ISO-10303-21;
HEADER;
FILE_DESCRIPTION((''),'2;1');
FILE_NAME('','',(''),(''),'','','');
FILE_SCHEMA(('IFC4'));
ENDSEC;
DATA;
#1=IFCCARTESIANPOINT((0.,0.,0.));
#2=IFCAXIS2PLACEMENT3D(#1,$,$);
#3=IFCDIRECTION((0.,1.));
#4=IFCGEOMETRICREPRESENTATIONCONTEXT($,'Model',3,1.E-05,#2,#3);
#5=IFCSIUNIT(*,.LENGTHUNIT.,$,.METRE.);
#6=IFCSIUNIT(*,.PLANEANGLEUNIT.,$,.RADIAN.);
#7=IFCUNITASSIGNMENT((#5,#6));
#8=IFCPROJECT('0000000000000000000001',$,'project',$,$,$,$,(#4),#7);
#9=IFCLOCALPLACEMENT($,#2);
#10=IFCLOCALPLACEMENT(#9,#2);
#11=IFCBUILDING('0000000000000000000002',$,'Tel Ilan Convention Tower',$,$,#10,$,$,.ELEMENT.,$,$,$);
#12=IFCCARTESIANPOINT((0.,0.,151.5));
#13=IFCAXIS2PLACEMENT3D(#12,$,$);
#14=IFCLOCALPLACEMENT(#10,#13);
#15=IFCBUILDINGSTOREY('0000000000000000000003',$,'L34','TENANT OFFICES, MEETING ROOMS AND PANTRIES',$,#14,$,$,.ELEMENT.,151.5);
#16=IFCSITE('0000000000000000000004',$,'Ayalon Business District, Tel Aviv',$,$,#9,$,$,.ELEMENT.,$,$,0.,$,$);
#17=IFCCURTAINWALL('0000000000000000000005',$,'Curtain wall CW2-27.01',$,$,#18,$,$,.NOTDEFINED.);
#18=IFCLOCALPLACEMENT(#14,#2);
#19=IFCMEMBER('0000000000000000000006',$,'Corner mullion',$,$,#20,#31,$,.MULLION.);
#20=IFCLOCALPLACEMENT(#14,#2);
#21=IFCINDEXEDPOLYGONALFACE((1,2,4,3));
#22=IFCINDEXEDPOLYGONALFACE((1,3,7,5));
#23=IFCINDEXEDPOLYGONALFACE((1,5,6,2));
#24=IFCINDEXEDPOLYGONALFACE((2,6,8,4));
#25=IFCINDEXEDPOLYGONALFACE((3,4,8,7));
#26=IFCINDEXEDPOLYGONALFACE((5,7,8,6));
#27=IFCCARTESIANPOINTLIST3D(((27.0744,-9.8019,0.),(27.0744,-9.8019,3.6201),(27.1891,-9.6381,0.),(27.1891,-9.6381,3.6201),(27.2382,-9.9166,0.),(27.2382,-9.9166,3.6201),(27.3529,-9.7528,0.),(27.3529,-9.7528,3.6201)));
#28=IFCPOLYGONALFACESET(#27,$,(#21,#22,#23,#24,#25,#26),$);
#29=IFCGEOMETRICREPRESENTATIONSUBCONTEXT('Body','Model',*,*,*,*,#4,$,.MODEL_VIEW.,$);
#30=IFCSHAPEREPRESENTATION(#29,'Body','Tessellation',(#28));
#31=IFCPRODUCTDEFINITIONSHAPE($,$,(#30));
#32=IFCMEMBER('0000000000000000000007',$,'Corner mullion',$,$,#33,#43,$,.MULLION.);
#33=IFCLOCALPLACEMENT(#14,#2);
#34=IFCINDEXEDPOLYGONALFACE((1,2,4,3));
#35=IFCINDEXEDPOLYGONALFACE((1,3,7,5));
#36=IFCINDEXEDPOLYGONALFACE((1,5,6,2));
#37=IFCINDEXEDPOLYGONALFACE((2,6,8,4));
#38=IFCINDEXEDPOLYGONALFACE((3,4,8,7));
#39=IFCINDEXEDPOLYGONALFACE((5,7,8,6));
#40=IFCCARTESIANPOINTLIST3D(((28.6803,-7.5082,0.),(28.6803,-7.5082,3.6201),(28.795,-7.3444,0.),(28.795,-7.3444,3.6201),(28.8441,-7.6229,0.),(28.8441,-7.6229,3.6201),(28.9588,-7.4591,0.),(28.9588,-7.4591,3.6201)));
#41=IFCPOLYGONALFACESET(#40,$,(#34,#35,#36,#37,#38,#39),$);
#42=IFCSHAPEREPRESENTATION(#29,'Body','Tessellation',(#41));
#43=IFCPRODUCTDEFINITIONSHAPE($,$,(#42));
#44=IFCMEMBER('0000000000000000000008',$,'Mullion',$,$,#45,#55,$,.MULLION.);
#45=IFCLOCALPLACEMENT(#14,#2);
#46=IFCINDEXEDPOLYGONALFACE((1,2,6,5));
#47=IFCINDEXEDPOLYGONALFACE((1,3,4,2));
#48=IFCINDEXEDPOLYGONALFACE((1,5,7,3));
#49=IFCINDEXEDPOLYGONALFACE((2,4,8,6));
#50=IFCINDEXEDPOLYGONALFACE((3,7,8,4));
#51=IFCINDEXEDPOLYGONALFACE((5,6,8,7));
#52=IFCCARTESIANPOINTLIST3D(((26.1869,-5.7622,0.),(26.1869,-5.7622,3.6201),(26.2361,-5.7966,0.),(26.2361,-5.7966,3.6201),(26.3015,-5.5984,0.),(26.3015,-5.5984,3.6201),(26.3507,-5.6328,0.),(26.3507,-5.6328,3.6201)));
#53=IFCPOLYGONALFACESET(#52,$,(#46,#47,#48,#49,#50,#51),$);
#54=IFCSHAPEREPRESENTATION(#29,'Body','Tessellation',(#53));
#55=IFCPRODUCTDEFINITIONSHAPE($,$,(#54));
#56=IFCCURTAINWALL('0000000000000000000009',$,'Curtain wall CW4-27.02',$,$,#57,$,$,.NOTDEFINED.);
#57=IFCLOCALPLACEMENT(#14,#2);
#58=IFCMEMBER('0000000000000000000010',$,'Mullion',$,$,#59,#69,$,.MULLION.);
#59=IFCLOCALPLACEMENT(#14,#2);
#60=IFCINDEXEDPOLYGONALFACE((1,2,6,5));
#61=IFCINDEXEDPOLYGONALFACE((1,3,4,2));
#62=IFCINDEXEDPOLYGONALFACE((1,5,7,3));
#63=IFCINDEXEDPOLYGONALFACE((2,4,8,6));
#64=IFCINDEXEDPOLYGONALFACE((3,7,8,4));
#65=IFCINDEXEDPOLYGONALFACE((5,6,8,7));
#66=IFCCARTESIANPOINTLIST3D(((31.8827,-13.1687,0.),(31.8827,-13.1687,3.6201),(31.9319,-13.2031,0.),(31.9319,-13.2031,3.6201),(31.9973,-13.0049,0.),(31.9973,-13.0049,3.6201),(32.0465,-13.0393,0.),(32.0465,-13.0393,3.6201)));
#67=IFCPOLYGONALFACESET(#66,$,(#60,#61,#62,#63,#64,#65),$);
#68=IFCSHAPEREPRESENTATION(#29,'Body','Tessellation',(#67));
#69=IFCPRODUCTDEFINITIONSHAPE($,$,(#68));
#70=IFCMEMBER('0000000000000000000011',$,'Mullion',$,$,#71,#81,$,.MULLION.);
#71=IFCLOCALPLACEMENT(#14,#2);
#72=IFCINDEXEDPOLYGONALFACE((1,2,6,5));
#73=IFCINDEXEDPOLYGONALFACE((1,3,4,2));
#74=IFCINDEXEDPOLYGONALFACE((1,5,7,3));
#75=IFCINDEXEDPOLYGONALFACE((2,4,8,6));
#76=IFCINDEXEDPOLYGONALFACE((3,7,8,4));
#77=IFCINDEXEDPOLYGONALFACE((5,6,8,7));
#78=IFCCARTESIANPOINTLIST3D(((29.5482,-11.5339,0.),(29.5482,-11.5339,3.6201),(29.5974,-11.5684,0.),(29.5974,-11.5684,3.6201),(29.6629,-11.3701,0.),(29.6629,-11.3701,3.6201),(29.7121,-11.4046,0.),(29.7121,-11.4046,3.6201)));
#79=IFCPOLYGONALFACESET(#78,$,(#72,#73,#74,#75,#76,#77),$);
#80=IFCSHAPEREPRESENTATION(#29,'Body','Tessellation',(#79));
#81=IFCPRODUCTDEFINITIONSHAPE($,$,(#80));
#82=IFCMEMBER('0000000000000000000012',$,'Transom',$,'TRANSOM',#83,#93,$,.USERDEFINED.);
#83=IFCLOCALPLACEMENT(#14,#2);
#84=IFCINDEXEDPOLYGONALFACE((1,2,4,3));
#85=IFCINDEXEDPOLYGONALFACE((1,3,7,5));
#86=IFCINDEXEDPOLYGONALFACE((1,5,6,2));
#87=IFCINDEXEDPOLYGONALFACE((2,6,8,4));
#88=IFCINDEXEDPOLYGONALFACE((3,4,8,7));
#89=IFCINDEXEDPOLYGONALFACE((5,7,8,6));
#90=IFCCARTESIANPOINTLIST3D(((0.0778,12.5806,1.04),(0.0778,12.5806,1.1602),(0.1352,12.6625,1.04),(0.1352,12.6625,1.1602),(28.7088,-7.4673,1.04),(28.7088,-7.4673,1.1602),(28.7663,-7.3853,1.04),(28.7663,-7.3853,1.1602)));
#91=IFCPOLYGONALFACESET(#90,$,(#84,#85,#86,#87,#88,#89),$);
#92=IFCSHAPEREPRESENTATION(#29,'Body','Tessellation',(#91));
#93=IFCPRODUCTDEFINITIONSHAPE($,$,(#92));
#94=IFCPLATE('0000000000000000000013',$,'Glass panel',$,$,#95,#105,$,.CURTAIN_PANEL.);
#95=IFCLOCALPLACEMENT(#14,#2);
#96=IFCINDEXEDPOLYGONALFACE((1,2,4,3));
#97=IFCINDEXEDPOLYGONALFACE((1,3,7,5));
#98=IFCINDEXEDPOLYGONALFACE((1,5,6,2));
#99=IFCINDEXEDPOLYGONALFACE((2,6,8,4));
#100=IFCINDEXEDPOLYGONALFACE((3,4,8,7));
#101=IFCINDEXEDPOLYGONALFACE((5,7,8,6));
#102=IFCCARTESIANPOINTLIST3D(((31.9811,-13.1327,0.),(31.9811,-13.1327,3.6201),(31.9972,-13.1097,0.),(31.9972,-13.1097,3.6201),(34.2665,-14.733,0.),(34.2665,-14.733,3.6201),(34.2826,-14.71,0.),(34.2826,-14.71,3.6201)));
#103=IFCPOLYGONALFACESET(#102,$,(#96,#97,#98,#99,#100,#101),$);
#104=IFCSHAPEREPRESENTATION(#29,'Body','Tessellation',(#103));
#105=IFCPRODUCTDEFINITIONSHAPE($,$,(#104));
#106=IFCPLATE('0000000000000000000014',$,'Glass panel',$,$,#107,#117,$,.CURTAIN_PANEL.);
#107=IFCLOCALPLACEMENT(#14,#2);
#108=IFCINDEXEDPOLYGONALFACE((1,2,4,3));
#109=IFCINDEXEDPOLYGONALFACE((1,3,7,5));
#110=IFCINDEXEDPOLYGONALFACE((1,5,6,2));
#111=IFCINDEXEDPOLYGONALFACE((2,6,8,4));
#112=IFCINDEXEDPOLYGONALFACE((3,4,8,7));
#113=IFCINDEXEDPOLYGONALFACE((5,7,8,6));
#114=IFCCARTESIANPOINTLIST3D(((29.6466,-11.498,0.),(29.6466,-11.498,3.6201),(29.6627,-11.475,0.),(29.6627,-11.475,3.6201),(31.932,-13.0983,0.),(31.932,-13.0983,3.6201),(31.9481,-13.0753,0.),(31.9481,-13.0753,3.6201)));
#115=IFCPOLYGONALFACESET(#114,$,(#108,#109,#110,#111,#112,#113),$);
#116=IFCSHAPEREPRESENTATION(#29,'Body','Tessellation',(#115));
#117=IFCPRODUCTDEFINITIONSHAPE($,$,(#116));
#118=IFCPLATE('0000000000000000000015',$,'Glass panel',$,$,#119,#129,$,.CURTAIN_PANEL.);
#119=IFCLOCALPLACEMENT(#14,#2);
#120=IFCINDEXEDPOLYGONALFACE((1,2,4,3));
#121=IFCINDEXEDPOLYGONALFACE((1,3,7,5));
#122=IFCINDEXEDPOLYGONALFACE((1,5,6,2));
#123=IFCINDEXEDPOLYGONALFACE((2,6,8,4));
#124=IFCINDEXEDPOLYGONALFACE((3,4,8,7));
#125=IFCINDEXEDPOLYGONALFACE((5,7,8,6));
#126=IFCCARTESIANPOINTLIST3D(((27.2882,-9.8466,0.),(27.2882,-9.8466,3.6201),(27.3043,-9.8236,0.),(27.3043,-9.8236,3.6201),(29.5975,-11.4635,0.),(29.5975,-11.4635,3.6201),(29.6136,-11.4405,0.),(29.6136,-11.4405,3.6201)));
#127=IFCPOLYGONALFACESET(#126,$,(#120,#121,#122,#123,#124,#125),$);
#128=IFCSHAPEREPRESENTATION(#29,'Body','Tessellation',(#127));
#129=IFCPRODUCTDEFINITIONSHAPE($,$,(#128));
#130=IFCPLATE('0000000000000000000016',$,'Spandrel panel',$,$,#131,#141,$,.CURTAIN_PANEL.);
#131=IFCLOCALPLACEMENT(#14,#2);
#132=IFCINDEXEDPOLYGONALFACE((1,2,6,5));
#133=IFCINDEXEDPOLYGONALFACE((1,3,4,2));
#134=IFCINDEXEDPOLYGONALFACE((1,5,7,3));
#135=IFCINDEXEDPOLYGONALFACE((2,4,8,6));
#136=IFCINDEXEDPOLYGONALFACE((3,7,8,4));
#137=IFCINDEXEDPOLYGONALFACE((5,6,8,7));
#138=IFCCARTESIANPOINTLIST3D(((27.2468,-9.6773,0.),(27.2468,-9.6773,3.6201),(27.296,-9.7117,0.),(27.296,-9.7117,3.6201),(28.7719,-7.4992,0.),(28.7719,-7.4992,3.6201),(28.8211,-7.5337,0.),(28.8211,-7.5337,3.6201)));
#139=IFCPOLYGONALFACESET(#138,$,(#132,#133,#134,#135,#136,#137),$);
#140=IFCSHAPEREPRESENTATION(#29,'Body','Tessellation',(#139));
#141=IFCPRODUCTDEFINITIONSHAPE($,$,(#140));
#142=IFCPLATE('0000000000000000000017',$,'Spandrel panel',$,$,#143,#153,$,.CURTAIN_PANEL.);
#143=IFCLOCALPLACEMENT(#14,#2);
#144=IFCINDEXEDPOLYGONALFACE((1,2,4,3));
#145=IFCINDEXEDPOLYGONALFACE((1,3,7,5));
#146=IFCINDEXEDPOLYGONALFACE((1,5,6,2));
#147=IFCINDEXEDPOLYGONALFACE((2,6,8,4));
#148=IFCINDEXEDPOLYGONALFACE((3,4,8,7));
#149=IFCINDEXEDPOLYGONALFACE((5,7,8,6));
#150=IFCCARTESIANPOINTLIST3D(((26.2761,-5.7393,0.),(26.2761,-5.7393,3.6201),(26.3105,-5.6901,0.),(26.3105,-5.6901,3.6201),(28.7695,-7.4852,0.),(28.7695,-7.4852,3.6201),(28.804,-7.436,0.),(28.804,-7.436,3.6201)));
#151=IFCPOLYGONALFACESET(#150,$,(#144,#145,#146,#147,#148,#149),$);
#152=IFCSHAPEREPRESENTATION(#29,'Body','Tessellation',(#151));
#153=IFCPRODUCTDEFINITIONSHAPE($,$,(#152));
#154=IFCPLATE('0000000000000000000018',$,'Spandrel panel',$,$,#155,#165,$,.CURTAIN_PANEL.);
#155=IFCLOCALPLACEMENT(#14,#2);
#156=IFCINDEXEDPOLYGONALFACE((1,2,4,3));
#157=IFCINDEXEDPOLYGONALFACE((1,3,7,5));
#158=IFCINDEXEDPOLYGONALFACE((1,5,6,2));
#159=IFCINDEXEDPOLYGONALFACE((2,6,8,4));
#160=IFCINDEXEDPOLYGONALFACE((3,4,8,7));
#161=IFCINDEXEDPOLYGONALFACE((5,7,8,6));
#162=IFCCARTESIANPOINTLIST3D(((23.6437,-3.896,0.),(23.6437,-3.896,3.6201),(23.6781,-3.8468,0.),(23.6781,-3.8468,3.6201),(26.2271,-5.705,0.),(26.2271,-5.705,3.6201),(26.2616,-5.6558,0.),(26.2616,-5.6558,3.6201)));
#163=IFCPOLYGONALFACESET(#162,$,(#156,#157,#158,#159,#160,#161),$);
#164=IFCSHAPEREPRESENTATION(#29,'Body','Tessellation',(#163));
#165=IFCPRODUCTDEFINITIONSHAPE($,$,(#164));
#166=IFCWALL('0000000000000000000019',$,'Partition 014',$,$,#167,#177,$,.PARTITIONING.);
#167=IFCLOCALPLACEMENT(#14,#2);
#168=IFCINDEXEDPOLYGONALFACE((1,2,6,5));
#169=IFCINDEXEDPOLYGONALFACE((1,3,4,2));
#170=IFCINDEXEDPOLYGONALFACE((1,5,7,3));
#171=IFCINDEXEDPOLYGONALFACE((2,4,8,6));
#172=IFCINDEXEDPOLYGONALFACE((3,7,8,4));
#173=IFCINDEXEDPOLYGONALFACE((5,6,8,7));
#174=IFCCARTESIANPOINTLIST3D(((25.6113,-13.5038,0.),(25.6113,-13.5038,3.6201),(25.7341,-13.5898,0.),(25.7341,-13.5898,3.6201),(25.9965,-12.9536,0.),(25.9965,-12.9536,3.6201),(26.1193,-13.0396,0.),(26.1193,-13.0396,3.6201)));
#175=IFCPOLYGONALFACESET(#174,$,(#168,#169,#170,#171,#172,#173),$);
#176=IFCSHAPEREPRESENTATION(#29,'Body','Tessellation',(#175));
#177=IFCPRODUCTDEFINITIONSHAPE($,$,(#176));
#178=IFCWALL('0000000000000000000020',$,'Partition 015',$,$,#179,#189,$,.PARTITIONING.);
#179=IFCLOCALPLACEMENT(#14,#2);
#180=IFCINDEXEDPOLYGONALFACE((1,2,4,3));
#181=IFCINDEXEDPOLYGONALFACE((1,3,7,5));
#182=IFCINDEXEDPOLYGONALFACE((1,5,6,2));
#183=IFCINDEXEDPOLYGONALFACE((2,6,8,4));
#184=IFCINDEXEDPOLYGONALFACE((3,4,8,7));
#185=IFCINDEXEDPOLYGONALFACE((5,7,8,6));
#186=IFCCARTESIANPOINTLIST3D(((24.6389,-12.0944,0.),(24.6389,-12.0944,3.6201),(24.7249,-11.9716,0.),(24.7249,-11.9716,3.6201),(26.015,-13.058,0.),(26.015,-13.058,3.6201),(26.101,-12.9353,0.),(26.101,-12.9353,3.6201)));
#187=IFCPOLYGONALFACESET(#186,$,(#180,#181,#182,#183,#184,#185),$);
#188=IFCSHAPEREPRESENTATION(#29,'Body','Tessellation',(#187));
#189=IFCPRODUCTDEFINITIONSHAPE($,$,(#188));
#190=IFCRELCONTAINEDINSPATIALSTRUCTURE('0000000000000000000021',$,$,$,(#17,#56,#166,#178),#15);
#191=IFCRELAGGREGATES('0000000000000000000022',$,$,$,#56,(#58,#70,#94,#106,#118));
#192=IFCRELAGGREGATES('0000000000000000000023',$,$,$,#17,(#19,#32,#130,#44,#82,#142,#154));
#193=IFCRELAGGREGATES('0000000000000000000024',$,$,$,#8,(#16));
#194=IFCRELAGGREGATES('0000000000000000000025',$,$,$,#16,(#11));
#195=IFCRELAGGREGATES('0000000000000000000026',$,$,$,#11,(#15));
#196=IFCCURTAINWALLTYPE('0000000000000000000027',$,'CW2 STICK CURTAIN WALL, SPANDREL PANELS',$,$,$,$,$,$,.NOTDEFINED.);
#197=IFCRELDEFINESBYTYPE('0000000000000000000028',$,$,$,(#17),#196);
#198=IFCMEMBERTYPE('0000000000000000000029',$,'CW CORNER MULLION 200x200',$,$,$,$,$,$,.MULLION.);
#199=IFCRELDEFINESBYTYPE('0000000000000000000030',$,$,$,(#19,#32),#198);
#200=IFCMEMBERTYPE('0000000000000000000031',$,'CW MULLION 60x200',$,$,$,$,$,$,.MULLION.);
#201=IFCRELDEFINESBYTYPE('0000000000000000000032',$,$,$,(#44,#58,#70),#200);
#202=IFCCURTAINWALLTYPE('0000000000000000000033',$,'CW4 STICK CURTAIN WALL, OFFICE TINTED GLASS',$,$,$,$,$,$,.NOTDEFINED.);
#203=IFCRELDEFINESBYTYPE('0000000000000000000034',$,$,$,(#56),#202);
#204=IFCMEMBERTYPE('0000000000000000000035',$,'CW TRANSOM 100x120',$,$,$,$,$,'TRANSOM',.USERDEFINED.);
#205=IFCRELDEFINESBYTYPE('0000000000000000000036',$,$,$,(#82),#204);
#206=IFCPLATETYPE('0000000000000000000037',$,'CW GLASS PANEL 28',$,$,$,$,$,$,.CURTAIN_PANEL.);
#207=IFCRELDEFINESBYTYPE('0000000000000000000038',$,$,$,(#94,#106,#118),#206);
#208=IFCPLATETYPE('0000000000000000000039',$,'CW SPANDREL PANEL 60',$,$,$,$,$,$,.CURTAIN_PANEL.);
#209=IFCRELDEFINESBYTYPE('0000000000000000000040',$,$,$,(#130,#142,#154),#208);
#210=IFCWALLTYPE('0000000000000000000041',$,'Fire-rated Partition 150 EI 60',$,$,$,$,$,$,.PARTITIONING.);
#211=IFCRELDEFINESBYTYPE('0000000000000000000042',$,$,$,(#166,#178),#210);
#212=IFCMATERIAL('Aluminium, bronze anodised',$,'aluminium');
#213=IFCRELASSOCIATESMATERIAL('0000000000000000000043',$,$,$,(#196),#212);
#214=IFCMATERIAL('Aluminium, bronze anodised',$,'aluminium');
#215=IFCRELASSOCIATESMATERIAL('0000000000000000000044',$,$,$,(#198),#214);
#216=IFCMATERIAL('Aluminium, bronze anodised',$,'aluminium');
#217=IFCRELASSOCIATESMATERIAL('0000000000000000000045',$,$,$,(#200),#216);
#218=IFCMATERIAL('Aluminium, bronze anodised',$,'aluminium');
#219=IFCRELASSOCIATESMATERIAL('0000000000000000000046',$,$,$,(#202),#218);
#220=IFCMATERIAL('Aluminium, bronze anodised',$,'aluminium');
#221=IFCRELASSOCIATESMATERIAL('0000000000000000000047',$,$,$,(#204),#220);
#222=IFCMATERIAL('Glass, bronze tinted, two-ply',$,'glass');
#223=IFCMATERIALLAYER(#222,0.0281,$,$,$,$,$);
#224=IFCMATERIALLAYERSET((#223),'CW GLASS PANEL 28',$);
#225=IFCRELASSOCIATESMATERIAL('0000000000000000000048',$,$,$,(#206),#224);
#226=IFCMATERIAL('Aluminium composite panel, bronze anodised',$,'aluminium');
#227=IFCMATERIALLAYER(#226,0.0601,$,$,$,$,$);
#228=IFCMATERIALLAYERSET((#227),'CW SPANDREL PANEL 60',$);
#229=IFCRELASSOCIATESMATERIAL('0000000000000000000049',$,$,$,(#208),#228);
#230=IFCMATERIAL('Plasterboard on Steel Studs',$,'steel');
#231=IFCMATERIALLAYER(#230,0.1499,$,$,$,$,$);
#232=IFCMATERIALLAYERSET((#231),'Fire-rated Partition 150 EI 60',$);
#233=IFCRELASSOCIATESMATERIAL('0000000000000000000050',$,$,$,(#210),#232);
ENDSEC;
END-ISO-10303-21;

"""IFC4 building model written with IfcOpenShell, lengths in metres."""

from ifc_helpers import new_model, si_unit, direction, frame, frame_2d, origin, origin_2d, place, context, subcontext, project, spatial, rectangle, extrude, material, layer, layer_set, material_profile, profile_set, type_object, element, aggregate, save


model = new_model("IFC4")

# Units and contexts
model_context = context("Model", 3, precision=1e-05, world=origin(), true_north=direction((0.0, 1.0)))
body_context = subcontext(model_context, "Body", "Model", "MODEL_VIEW")
ifc_project = project(units=[si_unit("LENGTHUNIT", "METRE"), si_unit("PLANEANGLEUNIT", "RADIAN")], contexts=[model_context])

# Site, building, storey
site_placement = place(None, origin())
site = spatial("IfcSite", under=ifc_project, at=site_placement, Name="Ayalon Business District, Tel Aviv", CompositionType="ELEMENT", RefElevation=0.0)
building_placement = place(site_placement, origin())
building = spatial("IfcBuilding", under=site, at=building_placement, Name="Tel Ilan Convention Tower", CompositionType="ELEMENT")
storey_placement = place(building_placement, frame((0.0, 0.0, 151.5)))
storey = spatial("IfcBuildingStorey", under=building, at=storey_placement, Name="L34", Description="TENANT OFFICES, MEETING ROOMS AND PANTRIES", CompositionType="ELEMENT", Elevation=151.5)

# Curtain walls, members
ifc_material_1 = material(Name="Aluminium, bronze anodised", Category="aluminium")
curtain_wall_type_1 = type_object("IfcCurtainWallType", Name="CW2 STICK CURTAIN WALL, SPANDREL PANELS", PredefinedType="NOTDEFINED", material=ifc_material_1)
curtain_wall_1_placement = place(storey_placement, origin())
curtain_wall_1 = element("IfcCurtainWall", 1, at=curtain_wall_1_placement, inside=storey, type_object=curtain_wall_type_1, Name="Curtain wall CW2-27.01", PredefinedType="NOTDEFINED")
ifc_material_2 = material(Name="Aluminium, bronze anodised", Category="aluminium")
ifc_material_profile_1 = material_profile(ifc_material_2, rectangle(XDim=0.2, YDim=0.2, at=origin_2d()), Name="CW CORNER MULLION 200x200")
ifc_profile_set_1 = profile_set([ifc_material_profile_1], Name="Aluminium, bronze anodised")
member_type_1 = type_object("IfcMemberType", Name="CW CORNER MULLION 200x200", PredefinedType="MULLION", material=ifc_profile_set_1)
member_1_placement = place(storey_placement, frame((27.2136, -9.7773, 0.0), z_axis=(0.0, 0.0, 1.0), x_axis=(-0.819152, 0.573576, 0.0)))
member_1 = element("IfcMember", 2, at=member_1_placement, type_object=member_type_1, Name="Corner mullion", PredefinedType="MULLION", context=body_context, shape_type="SweptSolid", body=[
    extrude(rectangle(XDim=0.2, YDim=0.2, at=origin_2d()), origin(), (0.0, 0.0, 1.0), 3.6201),
])
member_2_placement = place(storey_placement, frame((28.8196, -7.4836, 0.0), z_axis=(0.0, 0.0, 1.0), x_axis=(0.573576, 0.819152, 0.0)))
member_2 = element("IfcMember", 3, at=member_2_placement, type_object=member_type_1, Name="Corner mullion", PredefinedType="MULLION", context=body_context, shape_type="SweptSolid", body=[
    extrude(rectangle(XDim=0.2, YDim=0.2, at=origin_2d()), origin(), (0.0, 0.0, 1.0), 3.6201),
])
ifc_material_3 = material(Name="Aluminium, bronze anodised", Category="aluminium")
ifc_material_profile_2 = material_profile(ifc_material_3, rectangle(XDim=0.0601, YDim=0.2, at=origin_2d()), Name="CW MULLION 60x200")
ifc_profile_set_2 = profile_set([ifc_material_profile_2], Name="Aluminium, bronze anodised")
member_type_2 = type_object("IfcMemberType", Name="CW MULLION 60x200", PredefinedType="MULLION", material=ifc_profile_set_2)
member_3_placement = place(storey_placement, frame((26.2688, -5.6975, 0.0), z_axis=(0.0, 0.0, 1.0), x_axis=(-0.819152, 0.573576, 0.0)))
member_3 = element("IfcMember", 4, at=member_3_placement, type_object=member_type_2, Name="Mullion", PredefinedType="MULLION", context=body_context, shape_type="SweptSolid", body=[
    extrude(rectangle(XDim=0.0601, YDim=0.2, at=origin_2d()), origin(), (0.0, 0.0, 1.0), 3.6201),
])
ifc_material_4 = material(Name="Aluminium, bronze anodised", Category="aluminium")
curtain_wall_type_2 = type_object("IfcCurtainWallType", Name="CW4 STICK CURTAIN WALL, OFFICE TINTED GLASS", PredefinedType="NOTDEFINED", material=ifc_material_4)
curtain_wall_2_placement = place(storey_placement, origin())
curtain_wall_2 = element("IfcCurtainWall", 5, at=curtain_wall_2_placement, inside=storey, type_object=curtain_wall_type_2, Name="Curtain wall CW4-27.02", PredefinedType="NOTDEFINED")
member_4_placement = place(storey_placement, frame((31.9646, -13.104, 0.0), z_axis=(0.0, 0.0, 1.0), x_axis=(-0.819152, 0.573576, 0.0)))
member_4 = element("IfcMember", 6, at=member_4_placement, type_object=member_type_2, Name="Mullion", PredefinedType="MULLION", context=body_context, shape_type="SweptSolid", body=[
    extrude(rectangle(XDim=0.0601, YDim=0.2, at=origin_2d()), origin(), (0.0, 0.0, 1.0), 3.6201),
])
member_5_placement = place(storey_placement, frame((29.6301, -11.4692, 0.0), z_axis=(0.0, 0.0, 1.0), x_axis=(-0.819152, 0.573576, 0.0)))
member_5 = element("IfcMember", 7, at=member_5_placement, type_object=member_type_2, Name="Mullion", PredefinedType="MULLION", context=body_context, shape_type="SweptSolid", body=[
    extrude(rectangle(XDim=0.0601, YDim=0.2, at=origin_2d()), origin(), (0.0, 0.0, 1.0), 3.6201),
])

# Member
ifc_material_5 = material(Name="Aluminium, bronze anodised", Category="aluminium")
ifc_material_profile_3 = material_profile(ifc_material_5, rectangle(XDim=0.1001, YDim=0.1201, at=origin_2d()), Name="CW TRANSOM 100x120")
ifc_profile_set_3 = profile_set([ifc_material_profile_3], Name="Aluminium, bronze anodised")
member_type_3 = type_object("IfcMemberType", Name="CW TRANSOM 100x120", ElementType="TRANSOM", PredefinedType="USERDEFINED", material=ifc_profile_set_3)
member_6_placement = place(storey_placement, frame((28.7375, -7.4263, 1.1001), z_axis=(-0.81915, 0.573579, 0.0), x_axis=(-0.573579, -0.81915, 0.0)))
member_6 = element("IfcMember", 8, at=member_6_placement, type_object=member_type_3, Name="Transom", ObjectType="TRANSOM", PredefinedType="USERDEFINED", context=body_context, shape_type="SweptSolid", body=[
    extrude(rectangle(XDim=0.1001, YDim=0.1201, at=origin_2d()), origin(), (0.0, 0.0, 1.0), 34.9521),
])

# Plates
ifc_material_6 = material(Name="Glass, bronze tinted, two-ply", Category="glass")
ifc_layer_1 = layer(ifc_material_6, 0.0281)
ifc_layer_set_1 = layer_set([ifc_layer_1], Name="CW GLASS PANEL 28")
plate_type_1 = type_object("IfcPlateType", Name="CW GLASS PANEL 28", PredefinedType="CURTAIN_PANEL", material=ifc_layer_set_1)
plate_1_placement = place(storey_placement, frame((33.1318, -13.9214, 0.0), z_axis=(0.0, 0.0, 1.0), x_axis=(-0.819152, 0.573576, 0.0)))
plate_1 = element("IfcPlate", 9, at=plate_1_placement, type_object=plate_type_1, Name="Glass panel", PredefinedType="CURTAIN_PANEL", context=body_context, shape_type="SweptSolid", body=[
    extrude(rectangle(XDim=2.79, YDim=0.0281, at=origin_2d()), origin(), (0.0, 0.0, 1.0), 3.6201),
])
plate_2_placement = place(storey_placement, frame((30.7974, -12.2866, 0.0), z_axis=(0.0, 0.0, 1.0), x_axis=(-0.819152, 0.573576, 0.0)))
plate_2 = element("IfcPlate", 10, at=plate_2_placement, type_object=plate_type_1, Name="Glass panel", PredefinedType="CURTAIN_PANEL", context=body_context, shape_type="SweptSolid", body=[
    extrude(rectangle(XDim=2.79, YDim=0.0281, at=origin_2d()), origin(), (0.0, 0.0, 1.0), 3.6201),
])
plate_3_placement = place(storey_placement, frame((28.4509, -10.6436, 0.0), z_axis=(0.0, 0.0, 1.0), x_axis=(-0.819152, 0.573576, 0.0)))
plate_3 = element("IfcPlate", 11, at=plate_3_placement, type_object=plate_type_1, Name="Glass panel", PredefinedType="CURTAIN_PANEL", context=body_context, shape_type="SweptSolid", body=[
    extrude(rectangle(XDim=2.8191, YDim=0.0281, at=origin_2d()), origin(), (0.0, 0.0, 1.0), 3.6201),
])
aggregate(curtain_wall_2, [member_4, member_5, plate_1, plate_2, plate_3])
ifc_material_7 = material(Name="Aluminium composite panel, bronze anodised", Category="aluminium")
ifc_layer_2 = layer(ifc_material_7, 0.0601)
ifc_layer_set_2 = layer_set([ifc_layer_2], Name="CW SPANDREL PANEL 60")
plate_type_2 = type_object("IfcPlateType", Name="CW SPANDREL PANEL 60", PredefinedType="CURTAIN_PANEL", material=ifc_layer_set_2)
plate_4_placement = place(storey_placement, frame((28.0339, -8.6055, 0.0), z_axis=(0.0, 0.0, 1.0), x_axis=(0.573576, 0.819152, 0.0)))
plate_4 = element("IfcPlate", 12, at=plate_4_placement, type_object=plate_type_2, Name="Spandrel panel", PredefinedType="CURTAIN_PANEL", context=body_context, shape_type="SweptSolid", body=[
    extrude(rectangle(XDim=2.6589, YDim=0.0601, at=origin_2d()), origin(), (0.0, 0.0, 1.0), 3.6201),
])
plate_5_placement = place(storey_placement, frame((27.54, -6.5876, 0.0), z_axis=(0.0, 0.0, 1.0), x_axis=(-0.819152, 0.573576, 0.0)))
plate_5 = element("IfcPlate", 13, at=plate_5_placement, type_object=plate_type_2, Name="Spandrel panel", PredefinedType="CURTAIN_PANEL", context=body_context, shape_type="SweptSolid", body=[
    extrude(rectangle(XDim=3.0439, YDim=0.0601, at=origin_2d()), origin(), (0.0, 0.0, 1.0), 3.6201),
])
plate_6_placement = place(storey_placement, frame((24.9526, -4.7759, 0.0), z_axis=(0.0, 0.0, 1.0), x_axis=(-0.819152, 0.573576, 0.0)))
plate_6 = element("IfcPlate", 14, at=plate_6_placement, type_object=plate_type_2, Name="Spandrel panel", PredefinedType="CURTAIN_PANEL", context=body_context, shape_type="SweptSolid", body=[
    extrude(rectangle(XDim=3.1538, YDim=0.0601, at=origin_2d()), origin(), (0.0, 0.0, 1.0), 3.6201),
])
aggregate(curtain_wall_1, [member_1, member_2, plate_4, member_3, member_6, plate_5, plate_6])

# Walls
ifc_material_8 = material(Name="Plasterboard on Steel Studs", Category="steel")
ifc_layer_3 = layer(ifc_material_8, 0.1499)
ifc_layer_set_3 = layer_set([ifc_layer_3], Name="Fire-rated Partition 150 EI 60")
wall_type_1 = type_object("IfcWallType", Name="Fire-rated Partition 150 EI 60", PredefinedType="PARTITIONING", material=ifc_layer_set_3)
wall_1_placement = place(storey_placement, frame((25.6726, -13.5469, 0.0), z_axis=(0.0, 0.0, 1.0), x_axis=(0.573511, 0.819198, 0.0)))
element("IfcWall", 15, at=wall_1_placement, inside=storey, type_object=wall_type_1, Name="Partition 014", PredefinedType="PARTITIONING", context=body_context, shape_type="SweptSolid", body=[
    extrude(rectangle(XDim=0.6716, YDim=0.1499, at=frame_2d((0.3359, 0.0))), origin(), (0.0, 0.0, 1.0), 3.6201),
])
wall_2_placement = place(storey_placement, frame((26.0579, -12.9966, 0.0), z_axis=(0.0, 0.0, 1.0), x_axis=(-0.819109, 0.573638, 0.0)))
element("IfcWall", 16, at=wall_2_placement, inside=storey, type_object=wall_type_1, Name="Partition 015", PredefinedType="PARTITIONING", context=body_context, shape_type="SweptSolid", body=[
    extrude(rectangle(XDim=1.6799, YDim=0.1499, at=frame_2d((0.8398, 0.0))), origin(), (0.0, 0.0, 1.0), 3.6201),
])

save(model, "model.ifc")
